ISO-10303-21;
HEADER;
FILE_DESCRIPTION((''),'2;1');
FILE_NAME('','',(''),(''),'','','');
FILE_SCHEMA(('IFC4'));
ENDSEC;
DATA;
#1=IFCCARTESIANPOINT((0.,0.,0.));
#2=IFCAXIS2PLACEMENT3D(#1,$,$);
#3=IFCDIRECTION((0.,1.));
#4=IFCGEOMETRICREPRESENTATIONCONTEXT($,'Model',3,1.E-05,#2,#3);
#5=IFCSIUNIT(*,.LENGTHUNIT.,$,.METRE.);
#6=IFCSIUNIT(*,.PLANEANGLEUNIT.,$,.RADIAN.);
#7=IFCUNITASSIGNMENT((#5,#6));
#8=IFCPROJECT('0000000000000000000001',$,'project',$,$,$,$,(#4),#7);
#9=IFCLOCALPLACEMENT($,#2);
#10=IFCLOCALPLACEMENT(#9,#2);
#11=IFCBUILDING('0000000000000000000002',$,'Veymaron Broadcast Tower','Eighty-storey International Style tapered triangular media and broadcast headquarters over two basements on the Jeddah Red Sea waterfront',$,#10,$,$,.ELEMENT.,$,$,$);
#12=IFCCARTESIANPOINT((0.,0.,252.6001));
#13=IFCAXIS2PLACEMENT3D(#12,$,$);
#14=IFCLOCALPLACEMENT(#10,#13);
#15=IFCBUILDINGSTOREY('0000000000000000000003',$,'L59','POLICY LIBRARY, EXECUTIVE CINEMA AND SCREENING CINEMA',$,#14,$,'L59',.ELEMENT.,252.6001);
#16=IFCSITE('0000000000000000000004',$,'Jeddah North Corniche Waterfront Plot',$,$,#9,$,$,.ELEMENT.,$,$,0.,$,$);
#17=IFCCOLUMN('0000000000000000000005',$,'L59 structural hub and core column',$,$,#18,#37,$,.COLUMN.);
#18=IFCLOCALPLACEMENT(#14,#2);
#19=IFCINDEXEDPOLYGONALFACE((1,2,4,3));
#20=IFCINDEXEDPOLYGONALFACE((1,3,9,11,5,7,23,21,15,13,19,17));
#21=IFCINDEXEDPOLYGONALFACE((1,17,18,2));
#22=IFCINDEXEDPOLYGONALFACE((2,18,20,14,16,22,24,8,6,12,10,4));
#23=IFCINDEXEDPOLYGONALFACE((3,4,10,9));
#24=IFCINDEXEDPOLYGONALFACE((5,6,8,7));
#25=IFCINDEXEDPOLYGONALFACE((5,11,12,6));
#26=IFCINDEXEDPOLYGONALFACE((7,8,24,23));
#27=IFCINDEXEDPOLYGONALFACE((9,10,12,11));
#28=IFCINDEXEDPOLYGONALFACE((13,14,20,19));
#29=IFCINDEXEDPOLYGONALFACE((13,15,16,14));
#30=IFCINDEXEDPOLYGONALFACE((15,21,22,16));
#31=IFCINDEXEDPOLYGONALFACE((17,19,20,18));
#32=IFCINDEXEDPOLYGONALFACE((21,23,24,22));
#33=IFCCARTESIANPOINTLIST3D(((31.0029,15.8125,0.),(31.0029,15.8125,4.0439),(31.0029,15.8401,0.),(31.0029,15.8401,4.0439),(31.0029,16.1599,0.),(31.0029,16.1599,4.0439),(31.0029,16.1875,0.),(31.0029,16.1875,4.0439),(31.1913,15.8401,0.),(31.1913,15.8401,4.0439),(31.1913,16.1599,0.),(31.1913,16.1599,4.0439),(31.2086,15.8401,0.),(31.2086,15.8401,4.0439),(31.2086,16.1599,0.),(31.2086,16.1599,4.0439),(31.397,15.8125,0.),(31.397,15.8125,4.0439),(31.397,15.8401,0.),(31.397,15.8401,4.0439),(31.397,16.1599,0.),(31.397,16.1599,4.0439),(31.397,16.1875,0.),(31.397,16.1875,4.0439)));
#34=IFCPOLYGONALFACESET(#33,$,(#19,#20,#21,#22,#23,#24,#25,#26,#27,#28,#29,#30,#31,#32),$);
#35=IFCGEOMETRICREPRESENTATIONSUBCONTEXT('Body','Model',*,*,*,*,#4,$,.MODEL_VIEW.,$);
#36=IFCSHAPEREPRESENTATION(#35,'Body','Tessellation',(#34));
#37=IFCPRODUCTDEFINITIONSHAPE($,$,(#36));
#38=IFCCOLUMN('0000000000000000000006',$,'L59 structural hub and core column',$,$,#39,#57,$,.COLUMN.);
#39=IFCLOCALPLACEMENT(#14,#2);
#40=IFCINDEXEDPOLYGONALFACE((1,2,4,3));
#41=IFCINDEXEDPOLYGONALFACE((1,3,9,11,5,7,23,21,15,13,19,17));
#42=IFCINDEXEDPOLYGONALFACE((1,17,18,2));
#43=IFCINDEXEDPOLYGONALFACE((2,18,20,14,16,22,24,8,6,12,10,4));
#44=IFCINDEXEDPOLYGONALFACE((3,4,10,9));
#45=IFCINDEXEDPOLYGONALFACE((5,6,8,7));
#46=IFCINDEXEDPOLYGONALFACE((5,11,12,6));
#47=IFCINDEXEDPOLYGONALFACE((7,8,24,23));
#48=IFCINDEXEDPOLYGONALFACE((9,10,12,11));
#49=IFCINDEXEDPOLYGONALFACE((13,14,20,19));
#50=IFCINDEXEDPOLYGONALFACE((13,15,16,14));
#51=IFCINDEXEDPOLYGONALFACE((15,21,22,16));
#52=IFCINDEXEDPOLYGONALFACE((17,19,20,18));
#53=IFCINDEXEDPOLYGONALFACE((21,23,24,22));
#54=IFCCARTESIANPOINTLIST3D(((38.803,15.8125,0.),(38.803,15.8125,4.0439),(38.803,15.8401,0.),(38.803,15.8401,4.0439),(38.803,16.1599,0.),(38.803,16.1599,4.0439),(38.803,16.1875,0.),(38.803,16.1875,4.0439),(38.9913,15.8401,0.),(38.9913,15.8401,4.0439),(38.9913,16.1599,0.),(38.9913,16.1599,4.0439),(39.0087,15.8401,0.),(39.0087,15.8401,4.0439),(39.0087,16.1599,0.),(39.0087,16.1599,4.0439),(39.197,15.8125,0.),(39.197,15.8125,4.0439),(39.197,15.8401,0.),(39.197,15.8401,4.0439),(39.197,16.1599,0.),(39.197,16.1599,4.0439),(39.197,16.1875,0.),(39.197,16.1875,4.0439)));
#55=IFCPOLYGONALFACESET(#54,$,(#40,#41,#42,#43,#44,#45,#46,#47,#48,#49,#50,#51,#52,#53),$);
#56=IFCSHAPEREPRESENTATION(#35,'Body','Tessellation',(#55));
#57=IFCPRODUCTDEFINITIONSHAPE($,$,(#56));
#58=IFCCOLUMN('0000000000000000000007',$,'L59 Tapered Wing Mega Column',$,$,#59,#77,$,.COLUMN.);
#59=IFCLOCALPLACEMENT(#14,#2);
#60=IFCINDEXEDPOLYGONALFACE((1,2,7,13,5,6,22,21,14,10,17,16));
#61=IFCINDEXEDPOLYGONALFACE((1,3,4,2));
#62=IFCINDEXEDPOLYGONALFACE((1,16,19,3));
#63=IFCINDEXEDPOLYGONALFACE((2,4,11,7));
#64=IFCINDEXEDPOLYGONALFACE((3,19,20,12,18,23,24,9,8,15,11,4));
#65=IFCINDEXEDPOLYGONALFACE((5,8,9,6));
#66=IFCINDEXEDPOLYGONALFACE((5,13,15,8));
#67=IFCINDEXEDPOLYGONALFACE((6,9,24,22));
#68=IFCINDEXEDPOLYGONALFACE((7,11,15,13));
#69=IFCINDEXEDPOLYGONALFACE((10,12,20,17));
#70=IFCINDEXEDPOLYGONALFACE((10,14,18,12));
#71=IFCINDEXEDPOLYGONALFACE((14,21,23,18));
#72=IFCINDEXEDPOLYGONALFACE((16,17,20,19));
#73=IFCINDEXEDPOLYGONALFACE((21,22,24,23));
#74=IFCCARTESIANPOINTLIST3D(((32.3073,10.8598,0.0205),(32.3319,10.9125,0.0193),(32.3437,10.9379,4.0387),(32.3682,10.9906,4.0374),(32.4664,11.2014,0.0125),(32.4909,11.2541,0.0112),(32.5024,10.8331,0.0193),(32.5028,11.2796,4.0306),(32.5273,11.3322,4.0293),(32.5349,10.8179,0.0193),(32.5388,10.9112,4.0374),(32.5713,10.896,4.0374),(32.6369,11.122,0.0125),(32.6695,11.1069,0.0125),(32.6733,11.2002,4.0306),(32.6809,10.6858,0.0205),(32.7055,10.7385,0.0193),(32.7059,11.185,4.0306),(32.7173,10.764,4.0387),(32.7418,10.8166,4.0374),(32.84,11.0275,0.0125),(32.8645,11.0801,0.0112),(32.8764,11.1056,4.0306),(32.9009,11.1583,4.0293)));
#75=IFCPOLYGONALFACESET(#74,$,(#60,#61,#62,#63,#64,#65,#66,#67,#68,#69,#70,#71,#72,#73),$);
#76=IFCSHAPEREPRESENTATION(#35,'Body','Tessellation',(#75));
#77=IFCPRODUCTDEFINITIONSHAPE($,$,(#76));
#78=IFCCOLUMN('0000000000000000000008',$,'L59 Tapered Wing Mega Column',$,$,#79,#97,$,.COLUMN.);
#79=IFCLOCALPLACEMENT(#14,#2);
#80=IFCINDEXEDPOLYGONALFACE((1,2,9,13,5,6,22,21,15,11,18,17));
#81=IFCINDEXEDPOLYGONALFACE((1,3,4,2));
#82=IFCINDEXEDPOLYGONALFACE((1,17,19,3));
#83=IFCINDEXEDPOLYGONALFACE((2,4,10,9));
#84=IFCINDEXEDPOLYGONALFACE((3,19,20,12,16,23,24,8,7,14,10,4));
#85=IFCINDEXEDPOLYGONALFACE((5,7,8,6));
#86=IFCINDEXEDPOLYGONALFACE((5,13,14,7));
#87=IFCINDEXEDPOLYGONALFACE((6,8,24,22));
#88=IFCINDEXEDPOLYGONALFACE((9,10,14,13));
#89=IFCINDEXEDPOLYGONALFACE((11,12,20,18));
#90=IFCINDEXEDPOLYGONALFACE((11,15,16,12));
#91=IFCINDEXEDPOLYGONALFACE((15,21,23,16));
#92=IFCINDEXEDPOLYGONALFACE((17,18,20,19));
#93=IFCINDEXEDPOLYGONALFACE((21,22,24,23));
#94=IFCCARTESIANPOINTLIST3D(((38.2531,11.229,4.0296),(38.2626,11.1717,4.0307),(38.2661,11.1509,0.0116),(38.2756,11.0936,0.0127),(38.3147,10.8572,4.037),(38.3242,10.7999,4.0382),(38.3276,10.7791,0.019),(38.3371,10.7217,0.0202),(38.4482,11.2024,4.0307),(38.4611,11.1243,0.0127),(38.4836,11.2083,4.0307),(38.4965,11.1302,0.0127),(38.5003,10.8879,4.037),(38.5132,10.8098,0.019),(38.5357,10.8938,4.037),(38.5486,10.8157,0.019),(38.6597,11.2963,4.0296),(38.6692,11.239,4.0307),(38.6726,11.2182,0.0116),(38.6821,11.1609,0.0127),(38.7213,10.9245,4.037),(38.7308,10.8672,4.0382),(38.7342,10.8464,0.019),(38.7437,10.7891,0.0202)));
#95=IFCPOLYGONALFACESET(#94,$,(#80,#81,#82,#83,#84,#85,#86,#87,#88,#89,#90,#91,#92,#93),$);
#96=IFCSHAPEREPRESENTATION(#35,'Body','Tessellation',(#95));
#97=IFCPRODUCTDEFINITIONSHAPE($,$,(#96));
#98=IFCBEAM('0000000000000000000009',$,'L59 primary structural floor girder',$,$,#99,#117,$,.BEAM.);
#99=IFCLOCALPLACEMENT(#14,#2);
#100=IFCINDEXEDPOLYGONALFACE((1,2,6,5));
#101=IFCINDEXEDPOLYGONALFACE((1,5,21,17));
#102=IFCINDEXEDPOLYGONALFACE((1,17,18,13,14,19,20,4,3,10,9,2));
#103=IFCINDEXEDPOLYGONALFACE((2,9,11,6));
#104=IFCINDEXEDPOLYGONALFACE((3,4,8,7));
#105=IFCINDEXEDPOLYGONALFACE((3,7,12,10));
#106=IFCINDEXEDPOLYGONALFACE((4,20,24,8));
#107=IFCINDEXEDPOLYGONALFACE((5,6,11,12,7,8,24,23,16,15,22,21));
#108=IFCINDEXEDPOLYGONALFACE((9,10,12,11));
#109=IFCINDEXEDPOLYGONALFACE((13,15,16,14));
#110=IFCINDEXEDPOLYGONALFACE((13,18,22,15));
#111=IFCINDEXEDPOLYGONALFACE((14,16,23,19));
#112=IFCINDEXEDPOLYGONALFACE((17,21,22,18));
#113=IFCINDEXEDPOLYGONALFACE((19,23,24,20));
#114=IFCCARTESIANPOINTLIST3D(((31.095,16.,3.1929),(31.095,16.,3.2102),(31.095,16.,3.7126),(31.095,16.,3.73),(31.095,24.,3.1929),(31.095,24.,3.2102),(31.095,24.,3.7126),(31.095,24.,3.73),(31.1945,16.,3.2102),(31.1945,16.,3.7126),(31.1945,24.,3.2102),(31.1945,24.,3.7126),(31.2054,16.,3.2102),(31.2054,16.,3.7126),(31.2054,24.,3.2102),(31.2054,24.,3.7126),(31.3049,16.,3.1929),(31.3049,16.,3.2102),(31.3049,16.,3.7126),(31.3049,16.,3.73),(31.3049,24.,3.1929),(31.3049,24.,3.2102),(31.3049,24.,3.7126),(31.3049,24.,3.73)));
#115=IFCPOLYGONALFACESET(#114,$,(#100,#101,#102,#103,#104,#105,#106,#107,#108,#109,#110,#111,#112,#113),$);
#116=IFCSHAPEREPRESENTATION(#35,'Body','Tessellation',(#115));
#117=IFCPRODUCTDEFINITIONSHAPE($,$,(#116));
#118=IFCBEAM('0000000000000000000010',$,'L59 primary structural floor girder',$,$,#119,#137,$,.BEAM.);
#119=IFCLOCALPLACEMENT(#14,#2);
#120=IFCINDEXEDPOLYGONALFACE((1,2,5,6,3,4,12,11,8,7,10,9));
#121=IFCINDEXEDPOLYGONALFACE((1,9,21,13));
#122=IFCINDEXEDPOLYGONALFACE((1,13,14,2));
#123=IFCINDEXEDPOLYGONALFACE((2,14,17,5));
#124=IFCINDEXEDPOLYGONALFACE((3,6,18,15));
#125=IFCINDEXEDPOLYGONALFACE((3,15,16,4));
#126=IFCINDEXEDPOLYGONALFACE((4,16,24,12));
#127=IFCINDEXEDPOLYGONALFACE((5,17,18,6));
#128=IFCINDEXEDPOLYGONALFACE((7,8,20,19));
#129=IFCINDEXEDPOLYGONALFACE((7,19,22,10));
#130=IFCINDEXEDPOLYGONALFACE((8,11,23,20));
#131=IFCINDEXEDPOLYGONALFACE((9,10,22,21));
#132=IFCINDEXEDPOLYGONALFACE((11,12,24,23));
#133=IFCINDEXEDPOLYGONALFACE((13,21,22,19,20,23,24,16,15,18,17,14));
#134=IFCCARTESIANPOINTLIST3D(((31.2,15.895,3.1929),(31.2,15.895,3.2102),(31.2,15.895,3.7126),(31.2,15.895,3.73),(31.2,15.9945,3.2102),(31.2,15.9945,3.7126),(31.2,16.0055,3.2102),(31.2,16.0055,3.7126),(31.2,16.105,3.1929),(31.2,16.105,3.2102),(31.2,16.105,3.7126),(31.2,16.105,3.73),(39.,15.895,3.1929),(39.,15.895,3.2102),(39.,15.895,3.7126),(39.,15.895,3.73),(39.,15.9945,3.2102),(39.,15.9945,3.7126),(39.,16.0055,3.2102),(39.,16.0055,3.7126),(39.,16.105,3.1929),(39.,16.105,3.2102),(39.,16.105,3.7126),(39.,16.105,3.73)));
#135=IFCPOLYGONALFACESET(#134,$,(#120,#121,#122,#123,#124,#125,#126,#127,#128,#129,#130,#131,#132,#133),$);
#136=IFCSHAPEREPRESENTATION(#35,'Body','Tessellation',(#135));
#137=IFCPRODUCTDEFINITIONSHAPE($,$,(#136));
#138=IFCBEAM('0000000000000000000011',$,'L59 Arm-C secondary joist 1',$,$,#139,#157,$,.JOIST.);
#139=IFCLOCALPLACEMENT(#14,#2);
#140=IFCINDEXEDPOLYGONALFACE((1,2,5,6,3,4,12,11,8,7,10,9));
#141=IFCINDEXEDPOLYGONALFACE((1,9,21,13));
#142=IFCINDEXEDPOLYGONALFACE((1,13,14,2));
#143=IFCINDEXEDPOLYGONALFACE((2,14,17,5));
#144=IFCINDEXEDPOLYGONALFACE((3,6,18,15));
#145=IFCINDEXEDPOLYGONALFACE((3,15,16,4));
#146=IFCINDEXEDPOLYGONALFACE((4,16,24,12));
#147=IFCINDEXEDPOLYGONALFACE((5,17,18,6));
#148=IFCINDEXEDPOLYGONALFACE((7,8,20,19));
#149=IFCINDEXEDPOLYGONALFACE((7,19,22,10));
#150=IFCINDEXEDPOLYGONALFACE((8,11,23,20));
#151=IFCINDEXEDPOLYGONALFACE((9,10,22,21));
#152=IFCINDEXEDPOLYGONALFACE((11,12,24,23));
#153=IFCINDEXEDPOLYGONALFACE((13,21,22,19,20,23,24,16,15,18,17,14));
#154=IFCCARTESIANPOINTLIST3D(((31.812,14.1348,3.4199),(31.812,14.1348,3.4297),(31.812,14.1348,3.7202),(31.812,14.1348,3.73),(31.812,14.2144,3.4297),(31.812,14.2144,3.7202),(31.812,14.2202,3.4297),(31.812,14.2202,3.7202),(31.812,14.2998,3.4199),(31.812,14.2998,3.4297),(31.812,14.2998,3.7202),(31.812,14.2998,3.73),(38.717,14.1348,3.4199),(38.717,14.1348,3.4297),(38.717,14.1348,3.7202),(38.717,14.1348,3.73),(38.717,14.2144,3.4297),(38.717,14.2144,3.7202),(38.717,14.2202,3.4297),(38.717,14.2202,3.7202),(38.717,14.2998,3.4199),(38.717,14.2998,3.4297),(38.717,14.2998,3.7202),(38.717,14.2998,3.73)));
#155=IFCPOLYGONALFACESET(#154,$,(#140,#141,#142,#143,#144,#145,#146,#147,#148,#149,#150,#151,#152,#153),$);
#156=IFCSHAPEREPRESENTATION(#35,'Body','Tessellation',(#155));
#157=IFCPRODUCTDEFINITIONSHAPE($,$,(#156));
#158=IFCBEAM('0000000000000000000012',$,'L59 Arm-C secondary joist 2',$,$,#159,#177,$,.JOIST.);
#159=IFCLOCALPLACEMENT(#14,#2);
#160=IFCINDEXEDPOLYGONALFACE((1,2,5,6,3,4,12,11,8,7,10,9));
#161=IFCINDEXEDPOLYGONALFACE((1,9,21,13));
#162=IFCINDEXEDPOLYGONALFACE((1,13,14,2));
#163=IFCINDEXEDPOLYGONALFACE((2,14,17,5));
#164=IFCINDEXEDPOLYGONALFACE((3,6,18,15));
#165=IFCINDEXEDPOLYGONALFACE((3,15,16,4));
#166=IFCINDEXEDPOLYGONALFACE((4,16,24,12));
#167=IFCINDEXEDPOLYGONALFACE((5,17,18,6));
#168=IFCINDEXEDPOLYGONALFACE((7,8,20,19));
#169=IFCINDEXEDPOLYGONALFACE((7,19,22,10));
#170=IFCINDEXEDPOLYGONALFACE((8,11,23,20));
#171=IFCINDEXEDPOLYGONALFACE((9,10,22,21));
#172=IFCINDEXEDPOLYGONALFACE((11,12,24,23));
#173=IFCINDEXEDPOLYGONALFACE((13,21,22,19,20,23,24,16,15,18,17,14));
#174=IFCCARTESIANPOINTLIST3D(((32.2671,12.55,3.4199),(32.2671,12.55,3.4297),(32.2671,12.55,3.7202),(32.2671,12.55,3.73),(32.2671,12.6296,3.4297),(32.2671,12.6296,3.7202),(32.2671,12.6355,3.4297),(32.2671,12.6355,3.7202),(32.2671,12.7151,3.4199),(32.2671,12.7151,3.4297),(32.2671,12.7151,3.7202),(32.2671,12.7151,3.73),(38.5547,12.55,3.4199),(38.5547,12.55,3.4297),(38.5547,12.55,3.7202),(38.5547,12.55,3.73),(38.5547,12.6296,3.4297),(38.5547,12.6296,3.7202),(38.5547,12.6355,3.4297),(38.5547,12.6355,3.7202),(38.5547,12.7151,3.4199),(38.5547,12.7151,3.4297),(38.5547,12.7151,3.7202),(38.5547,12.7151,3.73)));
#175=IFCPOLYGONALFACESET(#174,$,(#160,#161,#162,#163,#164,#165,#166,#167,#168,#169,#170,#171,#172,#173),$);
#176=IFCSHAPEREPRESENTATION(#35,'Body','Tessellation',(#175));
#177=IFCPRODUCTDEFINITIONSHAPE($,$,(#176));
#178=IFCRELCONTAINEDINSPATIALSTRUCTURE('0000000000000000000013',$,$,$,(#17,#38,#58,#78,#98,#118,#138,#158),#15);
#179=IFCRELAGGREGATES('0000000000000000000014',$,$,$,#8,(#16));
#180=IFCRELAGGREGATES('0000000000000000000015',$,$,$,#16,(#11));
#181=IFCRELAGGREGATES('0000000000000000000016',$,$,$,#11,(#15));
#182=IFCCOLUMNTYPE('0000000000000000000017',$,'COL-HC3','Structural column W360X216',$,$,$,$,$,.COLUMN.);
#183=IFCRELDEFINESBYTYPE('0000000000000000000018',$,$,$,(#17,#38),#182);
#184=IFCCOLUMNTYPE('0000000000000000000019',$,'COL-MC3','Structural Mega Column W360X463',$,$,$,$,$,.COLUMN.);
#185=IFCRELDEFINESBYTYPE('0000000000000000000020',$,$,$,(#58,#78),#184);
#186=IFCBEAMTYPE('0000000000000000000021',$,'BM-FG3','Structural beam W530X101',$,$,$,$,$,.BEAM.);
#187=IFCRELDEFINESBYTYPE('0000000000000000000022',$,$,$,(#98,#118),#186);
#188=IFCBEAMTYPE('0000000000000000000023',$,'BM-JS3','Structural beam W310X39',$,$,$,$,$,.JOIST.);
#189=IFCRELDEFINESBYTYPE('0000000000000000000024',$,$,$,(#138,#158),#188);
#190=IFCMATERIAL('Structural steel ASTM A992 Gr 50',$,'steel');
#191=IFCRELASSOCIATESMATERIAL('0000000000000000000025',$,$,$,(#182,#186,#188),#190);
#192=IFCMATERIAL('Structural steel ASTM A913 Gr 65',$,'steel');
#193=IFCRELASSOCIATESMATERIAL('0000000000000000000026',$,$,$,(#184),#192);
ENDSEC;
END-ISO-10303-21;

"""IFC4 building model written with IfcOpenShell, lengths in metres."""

from ifc_helpers import new_model, si_unit, direction, frame, origin, origin_2d, place, context, subcontext, project, spatial, i_section, extrude, material, material_profile, profile_set, type_object, element, save


model = new_model("IFC4")

# Units and contexts
model_context = context("Model", 3, precision=1e-05, world=origin(), true_north=direction((0.0, 1.0)))
body_context = subcontext(model_context, "Body", "Model", "MODEL_VIEW")
ifc_project = project(units=[si_unit("LENGTHUNIT", "METRE"), si_unit("PLANEANGLEUNIT", "RADIAN")], contexts=[model_context])

# Site, building, storey
site_placement = place(None, origin())
site = spatial("IfcSite", under=ifc_project, at=site_placement, Name="Jeddah North Corniche Waterfront Plot", CompositionType="ELEMENT", RefElevation=0.0)
building_placement = place(site_placement, origin())
building = spatial("IfcBuilding", under=site, at=building_placement, Name="Veymaron Broadcast Tower", Description="Eighty-storey International Style tapered triangular media and broadcast headquarters over two basements on the Jeddah Red Sea waterfront", CompositionType="ELEMENT")
storey_placement = place(building_placement, frame((0.0, 0.0, 252.6001)))
storey = spatial("IfcBuildingStorey", under=building, at=storey_placement, Name="L59", Description="POLICY LIBRARY, EXECUTIVE CINEMA AND SCREENING CINEMA", LongName="L59", CompositionType="ELEMENT", Elevation=252.6001)

# Columns
ifc_material_1 = material(Name="Structural steel ASTM A992 Gr 50", Category="steel")
ifc_material_profile_1 = material_profile(ifc_material_1, i_section(OverallWidth=0.394, OverallDepth=0.375, WebThickness=0.0173, FlangeThickness=0.0276, at=origin_2d()), Name="W360X216")
ifc_profile_set_1 = profile_set([ifc_material_profile_1], Name="Structural steel ASTM A992 Gr 50")
column_type_1 = type_object("IfcColumnType", Name="COL-HC3", Description="Structural column W360X216", PredefinedType="COLUMN", material=ifc_profile_set_1)
for number, where, z_axis, x_axis, name in (
    (1, (31.2, 16.0, 0.0), (0.0, 0.0, 1.0), (1.0, 0.0, 0.0), "L59 structural hub and core column"),
    (2, (39.0, 16.0, 0.0), (0.0, 0.0, 1.0), (1.0, 0.0, 0.0), "L59 structural hub and core column"),
):
    element("IfcColumn", number, at=place(storey_placement, frame(where, z_axis=z_axis, x_axis=x_axis)), inside=storey, type_object=column_type_1, Name=name, PredefinedType="COLUMN", context=body_context, shape_type="SweptSolid", body=[
        extrude(i_section(OverallWidth=0.394, OverallDepth=0.375, WebThickness=0.0173, FlangeThickness=0.0276, at=origin_2d()), origin(), (0.0, 0.0, 1.0), 4.0439),
    ])
ifc_material_2 = material(Name="Structural steel ASTM A913 Gr 65", Category="steel")
ifc_material_profile_2 = material_profile(ifc_material_2, i_section(OverallWidth=0.4121, OverallDepth=0.4351, WebThickness=0.0359, FlangeThickness=0.0581, at=origin_2d()), Name="W360X463")
ifc_profile_set_2 = profile_set([ifc_material_profile_2], Name="Structural steel ASTM A913 Gr 65")
column_type_2 = type_object("IfcColumnType", Name="COL-MC3", Description="Structural Mega Column W360X463", PredefinedType="COLUMN", material=ifc_profile_set_2)
column_1_placement = place(storey_placement, frame((32.5859, 10.97, 0.0159), z_axis=(0.009051, 0.019439, 0.99977), x_axis=(-0.906545, 0.42211, 0.0)))
element("IfcColumn", 3, at=column_1_placement, inside=storey, type_object=column_type_2, Name="L59 Tapered Wing Mega Column", PredefinedType="COLUMN", context=body_context, shape_type="SweptSolid", body=[
    extrude(i_section(OverallWidth=0.4121, OverallDepth=0.4351, WebThickness=0.0359, FlangeThickness=0.0581, at=origin_2d()), origin(), (0.0, 0.0, 1.0), 4.019),
])
column_2_placement = place(storey_placement, frame((38.5049, 10.97, 0.0159), z_axis=(-0.00322, 0.01944, 0.999806), x_axis=(-0.98656, -0.163399, 0.0)))
element("IfcColumn", 4, at=column_2_placement, inside=storey, type_object=column_type_2, Name="L59 Tapered Wing Mega Column", PredefinedType="COLUMN", context=body_context, shape_type="SweptSolid", body=[
    extrude(i_section(OverallWidth=0.4121, OverallDepth=0.4351, WebThickness=0.0359, FlangeThickness=0.0581, at=origin_2d()), origin(), (0.0, 0.0, 1.0), 4.0188),
])

# Beams
ifc_material_profile_3 = material_profile(ifc_material_1, i_section(OverallWidth=0.21, OverallDepth=0.5371, WebThickness=0.011, FlangeThickness=0.0173, at=origin_2d()), Name="W530X101")
ifc_profile_set_3 = profile_set([ifc_material_profile_3], Name="Structural steel ASTM A992 Gr 50")
beam_type_1 = type_object("IfcBeamType", Name="BM-FG3", Description="Structural beam W530X101", PredefinedType="BEAM", material=ifc_profile_set_3)
beam_1_placement = place(storey_placement, frame((31.2, 16.0, 3.4614), z_axis=(0.0, 1.0, 0.0), x_axis=(-1.0, 0.0, 0.0)))
element("IfcBeam", 5, at=beam_1_placement, inside=storey, type_object=beam_type_1, Name="L59 primary structural floor girder", PredefinedType="BEAM", context=body_context, shape_type="SweptSolid", body=[
    extrude(i_section(OverallWidth=0.21, OverallDepth=0.5371, WebThickness=0.011, FlangeThickness=0.0173, at=origin_2d()), origin(), (0.0, 0.0, 1.0), 8.0),
])
beam_2_placement = place(storey_placement, frame((31.2, 16.0, 3.4614), z_axis=(1.0, 0.0, 0.0), x_axis=(0.0, 1.0, 0.0)))
element("IfcBeam", 6, at=beam_2_placement, inside=storey, type_object=beam_type_1, Name="L59 primary structural floor girder", PredefinedType="BEAM", context=body_context, shape_type="SweptSolid", body=[
    extrude(i_section(OverallWidth=0.21, OverallDepth=0.5371, WebThickness=0.011, FlangeThickness=0.0173, at=origin_2d()), origin(), (0.0, 0.0, 1.0), 7.8),
])
ifc_material_profile_4 = material_profile(ifc_material_1, i_section(OverallWidth=0.165, OverallDepth=0.3101, WebThickness=0.0059, FlangeThickness=0.0098, at=origin_2d()), Name="W310X39")
ifc_profile_set_4 = profile_set([ifc_material_profile_4], Name="Structural steel ASTM A992 Gr 50")
beam_type_2 = type_object("IfcBeamType", Name="BM-JS3", Description="Structural beam W310X39", PredefinedType="JOIST", material=ifc_profile_set_4)
beam_3_placement = place(storey_placement, frame((31.812, 14.2173, 3.575), z_axis=(1.0, 0.0, 0.0), x_axis=(0.0, 1.0, 0.0)))
element("IfcBeam", 7, at=beam_3_placement, inside=storey, type_object=beam_type_2, Name="L59 Arm-C secondary joist 1", PredefinedType="JOIST", context=body_context, shape_type="SweptSolid", body=[
    extrude(i_section(OverallWidth=0.165, OverallDepth=0.3101, WebThickness=0.0059, FlangeThickness=0.0098, at=origin_2d()), origin(), (0.0, 0.0, 1.0), 6.905),
])
beam_4_placement = place(storey_placement, frame((32.2671, 12.6326, 3.575), z_axis=(1.0, 0.0, 0.0), x_axis=(0.0, 1.0, 0.0)))
element("IfcBeam", 8, at=beam_4_placement, inside=storey, type_object=beam_type_2, Name="L59 Arm-C secondary joist 2", PredefinedType="JOIST", context=body_context, shape_type="SweptSolid", body=[
    extrude(i_section(OverallWidth=0.165, OverallDepth=0.3101, WebThickness=0.0059, FlangeThickness=0.0098, at=origin_2d()), origin(), (0.0, 0.0, 1.0), 6.2876),
])

save(model, "model.ifc")
